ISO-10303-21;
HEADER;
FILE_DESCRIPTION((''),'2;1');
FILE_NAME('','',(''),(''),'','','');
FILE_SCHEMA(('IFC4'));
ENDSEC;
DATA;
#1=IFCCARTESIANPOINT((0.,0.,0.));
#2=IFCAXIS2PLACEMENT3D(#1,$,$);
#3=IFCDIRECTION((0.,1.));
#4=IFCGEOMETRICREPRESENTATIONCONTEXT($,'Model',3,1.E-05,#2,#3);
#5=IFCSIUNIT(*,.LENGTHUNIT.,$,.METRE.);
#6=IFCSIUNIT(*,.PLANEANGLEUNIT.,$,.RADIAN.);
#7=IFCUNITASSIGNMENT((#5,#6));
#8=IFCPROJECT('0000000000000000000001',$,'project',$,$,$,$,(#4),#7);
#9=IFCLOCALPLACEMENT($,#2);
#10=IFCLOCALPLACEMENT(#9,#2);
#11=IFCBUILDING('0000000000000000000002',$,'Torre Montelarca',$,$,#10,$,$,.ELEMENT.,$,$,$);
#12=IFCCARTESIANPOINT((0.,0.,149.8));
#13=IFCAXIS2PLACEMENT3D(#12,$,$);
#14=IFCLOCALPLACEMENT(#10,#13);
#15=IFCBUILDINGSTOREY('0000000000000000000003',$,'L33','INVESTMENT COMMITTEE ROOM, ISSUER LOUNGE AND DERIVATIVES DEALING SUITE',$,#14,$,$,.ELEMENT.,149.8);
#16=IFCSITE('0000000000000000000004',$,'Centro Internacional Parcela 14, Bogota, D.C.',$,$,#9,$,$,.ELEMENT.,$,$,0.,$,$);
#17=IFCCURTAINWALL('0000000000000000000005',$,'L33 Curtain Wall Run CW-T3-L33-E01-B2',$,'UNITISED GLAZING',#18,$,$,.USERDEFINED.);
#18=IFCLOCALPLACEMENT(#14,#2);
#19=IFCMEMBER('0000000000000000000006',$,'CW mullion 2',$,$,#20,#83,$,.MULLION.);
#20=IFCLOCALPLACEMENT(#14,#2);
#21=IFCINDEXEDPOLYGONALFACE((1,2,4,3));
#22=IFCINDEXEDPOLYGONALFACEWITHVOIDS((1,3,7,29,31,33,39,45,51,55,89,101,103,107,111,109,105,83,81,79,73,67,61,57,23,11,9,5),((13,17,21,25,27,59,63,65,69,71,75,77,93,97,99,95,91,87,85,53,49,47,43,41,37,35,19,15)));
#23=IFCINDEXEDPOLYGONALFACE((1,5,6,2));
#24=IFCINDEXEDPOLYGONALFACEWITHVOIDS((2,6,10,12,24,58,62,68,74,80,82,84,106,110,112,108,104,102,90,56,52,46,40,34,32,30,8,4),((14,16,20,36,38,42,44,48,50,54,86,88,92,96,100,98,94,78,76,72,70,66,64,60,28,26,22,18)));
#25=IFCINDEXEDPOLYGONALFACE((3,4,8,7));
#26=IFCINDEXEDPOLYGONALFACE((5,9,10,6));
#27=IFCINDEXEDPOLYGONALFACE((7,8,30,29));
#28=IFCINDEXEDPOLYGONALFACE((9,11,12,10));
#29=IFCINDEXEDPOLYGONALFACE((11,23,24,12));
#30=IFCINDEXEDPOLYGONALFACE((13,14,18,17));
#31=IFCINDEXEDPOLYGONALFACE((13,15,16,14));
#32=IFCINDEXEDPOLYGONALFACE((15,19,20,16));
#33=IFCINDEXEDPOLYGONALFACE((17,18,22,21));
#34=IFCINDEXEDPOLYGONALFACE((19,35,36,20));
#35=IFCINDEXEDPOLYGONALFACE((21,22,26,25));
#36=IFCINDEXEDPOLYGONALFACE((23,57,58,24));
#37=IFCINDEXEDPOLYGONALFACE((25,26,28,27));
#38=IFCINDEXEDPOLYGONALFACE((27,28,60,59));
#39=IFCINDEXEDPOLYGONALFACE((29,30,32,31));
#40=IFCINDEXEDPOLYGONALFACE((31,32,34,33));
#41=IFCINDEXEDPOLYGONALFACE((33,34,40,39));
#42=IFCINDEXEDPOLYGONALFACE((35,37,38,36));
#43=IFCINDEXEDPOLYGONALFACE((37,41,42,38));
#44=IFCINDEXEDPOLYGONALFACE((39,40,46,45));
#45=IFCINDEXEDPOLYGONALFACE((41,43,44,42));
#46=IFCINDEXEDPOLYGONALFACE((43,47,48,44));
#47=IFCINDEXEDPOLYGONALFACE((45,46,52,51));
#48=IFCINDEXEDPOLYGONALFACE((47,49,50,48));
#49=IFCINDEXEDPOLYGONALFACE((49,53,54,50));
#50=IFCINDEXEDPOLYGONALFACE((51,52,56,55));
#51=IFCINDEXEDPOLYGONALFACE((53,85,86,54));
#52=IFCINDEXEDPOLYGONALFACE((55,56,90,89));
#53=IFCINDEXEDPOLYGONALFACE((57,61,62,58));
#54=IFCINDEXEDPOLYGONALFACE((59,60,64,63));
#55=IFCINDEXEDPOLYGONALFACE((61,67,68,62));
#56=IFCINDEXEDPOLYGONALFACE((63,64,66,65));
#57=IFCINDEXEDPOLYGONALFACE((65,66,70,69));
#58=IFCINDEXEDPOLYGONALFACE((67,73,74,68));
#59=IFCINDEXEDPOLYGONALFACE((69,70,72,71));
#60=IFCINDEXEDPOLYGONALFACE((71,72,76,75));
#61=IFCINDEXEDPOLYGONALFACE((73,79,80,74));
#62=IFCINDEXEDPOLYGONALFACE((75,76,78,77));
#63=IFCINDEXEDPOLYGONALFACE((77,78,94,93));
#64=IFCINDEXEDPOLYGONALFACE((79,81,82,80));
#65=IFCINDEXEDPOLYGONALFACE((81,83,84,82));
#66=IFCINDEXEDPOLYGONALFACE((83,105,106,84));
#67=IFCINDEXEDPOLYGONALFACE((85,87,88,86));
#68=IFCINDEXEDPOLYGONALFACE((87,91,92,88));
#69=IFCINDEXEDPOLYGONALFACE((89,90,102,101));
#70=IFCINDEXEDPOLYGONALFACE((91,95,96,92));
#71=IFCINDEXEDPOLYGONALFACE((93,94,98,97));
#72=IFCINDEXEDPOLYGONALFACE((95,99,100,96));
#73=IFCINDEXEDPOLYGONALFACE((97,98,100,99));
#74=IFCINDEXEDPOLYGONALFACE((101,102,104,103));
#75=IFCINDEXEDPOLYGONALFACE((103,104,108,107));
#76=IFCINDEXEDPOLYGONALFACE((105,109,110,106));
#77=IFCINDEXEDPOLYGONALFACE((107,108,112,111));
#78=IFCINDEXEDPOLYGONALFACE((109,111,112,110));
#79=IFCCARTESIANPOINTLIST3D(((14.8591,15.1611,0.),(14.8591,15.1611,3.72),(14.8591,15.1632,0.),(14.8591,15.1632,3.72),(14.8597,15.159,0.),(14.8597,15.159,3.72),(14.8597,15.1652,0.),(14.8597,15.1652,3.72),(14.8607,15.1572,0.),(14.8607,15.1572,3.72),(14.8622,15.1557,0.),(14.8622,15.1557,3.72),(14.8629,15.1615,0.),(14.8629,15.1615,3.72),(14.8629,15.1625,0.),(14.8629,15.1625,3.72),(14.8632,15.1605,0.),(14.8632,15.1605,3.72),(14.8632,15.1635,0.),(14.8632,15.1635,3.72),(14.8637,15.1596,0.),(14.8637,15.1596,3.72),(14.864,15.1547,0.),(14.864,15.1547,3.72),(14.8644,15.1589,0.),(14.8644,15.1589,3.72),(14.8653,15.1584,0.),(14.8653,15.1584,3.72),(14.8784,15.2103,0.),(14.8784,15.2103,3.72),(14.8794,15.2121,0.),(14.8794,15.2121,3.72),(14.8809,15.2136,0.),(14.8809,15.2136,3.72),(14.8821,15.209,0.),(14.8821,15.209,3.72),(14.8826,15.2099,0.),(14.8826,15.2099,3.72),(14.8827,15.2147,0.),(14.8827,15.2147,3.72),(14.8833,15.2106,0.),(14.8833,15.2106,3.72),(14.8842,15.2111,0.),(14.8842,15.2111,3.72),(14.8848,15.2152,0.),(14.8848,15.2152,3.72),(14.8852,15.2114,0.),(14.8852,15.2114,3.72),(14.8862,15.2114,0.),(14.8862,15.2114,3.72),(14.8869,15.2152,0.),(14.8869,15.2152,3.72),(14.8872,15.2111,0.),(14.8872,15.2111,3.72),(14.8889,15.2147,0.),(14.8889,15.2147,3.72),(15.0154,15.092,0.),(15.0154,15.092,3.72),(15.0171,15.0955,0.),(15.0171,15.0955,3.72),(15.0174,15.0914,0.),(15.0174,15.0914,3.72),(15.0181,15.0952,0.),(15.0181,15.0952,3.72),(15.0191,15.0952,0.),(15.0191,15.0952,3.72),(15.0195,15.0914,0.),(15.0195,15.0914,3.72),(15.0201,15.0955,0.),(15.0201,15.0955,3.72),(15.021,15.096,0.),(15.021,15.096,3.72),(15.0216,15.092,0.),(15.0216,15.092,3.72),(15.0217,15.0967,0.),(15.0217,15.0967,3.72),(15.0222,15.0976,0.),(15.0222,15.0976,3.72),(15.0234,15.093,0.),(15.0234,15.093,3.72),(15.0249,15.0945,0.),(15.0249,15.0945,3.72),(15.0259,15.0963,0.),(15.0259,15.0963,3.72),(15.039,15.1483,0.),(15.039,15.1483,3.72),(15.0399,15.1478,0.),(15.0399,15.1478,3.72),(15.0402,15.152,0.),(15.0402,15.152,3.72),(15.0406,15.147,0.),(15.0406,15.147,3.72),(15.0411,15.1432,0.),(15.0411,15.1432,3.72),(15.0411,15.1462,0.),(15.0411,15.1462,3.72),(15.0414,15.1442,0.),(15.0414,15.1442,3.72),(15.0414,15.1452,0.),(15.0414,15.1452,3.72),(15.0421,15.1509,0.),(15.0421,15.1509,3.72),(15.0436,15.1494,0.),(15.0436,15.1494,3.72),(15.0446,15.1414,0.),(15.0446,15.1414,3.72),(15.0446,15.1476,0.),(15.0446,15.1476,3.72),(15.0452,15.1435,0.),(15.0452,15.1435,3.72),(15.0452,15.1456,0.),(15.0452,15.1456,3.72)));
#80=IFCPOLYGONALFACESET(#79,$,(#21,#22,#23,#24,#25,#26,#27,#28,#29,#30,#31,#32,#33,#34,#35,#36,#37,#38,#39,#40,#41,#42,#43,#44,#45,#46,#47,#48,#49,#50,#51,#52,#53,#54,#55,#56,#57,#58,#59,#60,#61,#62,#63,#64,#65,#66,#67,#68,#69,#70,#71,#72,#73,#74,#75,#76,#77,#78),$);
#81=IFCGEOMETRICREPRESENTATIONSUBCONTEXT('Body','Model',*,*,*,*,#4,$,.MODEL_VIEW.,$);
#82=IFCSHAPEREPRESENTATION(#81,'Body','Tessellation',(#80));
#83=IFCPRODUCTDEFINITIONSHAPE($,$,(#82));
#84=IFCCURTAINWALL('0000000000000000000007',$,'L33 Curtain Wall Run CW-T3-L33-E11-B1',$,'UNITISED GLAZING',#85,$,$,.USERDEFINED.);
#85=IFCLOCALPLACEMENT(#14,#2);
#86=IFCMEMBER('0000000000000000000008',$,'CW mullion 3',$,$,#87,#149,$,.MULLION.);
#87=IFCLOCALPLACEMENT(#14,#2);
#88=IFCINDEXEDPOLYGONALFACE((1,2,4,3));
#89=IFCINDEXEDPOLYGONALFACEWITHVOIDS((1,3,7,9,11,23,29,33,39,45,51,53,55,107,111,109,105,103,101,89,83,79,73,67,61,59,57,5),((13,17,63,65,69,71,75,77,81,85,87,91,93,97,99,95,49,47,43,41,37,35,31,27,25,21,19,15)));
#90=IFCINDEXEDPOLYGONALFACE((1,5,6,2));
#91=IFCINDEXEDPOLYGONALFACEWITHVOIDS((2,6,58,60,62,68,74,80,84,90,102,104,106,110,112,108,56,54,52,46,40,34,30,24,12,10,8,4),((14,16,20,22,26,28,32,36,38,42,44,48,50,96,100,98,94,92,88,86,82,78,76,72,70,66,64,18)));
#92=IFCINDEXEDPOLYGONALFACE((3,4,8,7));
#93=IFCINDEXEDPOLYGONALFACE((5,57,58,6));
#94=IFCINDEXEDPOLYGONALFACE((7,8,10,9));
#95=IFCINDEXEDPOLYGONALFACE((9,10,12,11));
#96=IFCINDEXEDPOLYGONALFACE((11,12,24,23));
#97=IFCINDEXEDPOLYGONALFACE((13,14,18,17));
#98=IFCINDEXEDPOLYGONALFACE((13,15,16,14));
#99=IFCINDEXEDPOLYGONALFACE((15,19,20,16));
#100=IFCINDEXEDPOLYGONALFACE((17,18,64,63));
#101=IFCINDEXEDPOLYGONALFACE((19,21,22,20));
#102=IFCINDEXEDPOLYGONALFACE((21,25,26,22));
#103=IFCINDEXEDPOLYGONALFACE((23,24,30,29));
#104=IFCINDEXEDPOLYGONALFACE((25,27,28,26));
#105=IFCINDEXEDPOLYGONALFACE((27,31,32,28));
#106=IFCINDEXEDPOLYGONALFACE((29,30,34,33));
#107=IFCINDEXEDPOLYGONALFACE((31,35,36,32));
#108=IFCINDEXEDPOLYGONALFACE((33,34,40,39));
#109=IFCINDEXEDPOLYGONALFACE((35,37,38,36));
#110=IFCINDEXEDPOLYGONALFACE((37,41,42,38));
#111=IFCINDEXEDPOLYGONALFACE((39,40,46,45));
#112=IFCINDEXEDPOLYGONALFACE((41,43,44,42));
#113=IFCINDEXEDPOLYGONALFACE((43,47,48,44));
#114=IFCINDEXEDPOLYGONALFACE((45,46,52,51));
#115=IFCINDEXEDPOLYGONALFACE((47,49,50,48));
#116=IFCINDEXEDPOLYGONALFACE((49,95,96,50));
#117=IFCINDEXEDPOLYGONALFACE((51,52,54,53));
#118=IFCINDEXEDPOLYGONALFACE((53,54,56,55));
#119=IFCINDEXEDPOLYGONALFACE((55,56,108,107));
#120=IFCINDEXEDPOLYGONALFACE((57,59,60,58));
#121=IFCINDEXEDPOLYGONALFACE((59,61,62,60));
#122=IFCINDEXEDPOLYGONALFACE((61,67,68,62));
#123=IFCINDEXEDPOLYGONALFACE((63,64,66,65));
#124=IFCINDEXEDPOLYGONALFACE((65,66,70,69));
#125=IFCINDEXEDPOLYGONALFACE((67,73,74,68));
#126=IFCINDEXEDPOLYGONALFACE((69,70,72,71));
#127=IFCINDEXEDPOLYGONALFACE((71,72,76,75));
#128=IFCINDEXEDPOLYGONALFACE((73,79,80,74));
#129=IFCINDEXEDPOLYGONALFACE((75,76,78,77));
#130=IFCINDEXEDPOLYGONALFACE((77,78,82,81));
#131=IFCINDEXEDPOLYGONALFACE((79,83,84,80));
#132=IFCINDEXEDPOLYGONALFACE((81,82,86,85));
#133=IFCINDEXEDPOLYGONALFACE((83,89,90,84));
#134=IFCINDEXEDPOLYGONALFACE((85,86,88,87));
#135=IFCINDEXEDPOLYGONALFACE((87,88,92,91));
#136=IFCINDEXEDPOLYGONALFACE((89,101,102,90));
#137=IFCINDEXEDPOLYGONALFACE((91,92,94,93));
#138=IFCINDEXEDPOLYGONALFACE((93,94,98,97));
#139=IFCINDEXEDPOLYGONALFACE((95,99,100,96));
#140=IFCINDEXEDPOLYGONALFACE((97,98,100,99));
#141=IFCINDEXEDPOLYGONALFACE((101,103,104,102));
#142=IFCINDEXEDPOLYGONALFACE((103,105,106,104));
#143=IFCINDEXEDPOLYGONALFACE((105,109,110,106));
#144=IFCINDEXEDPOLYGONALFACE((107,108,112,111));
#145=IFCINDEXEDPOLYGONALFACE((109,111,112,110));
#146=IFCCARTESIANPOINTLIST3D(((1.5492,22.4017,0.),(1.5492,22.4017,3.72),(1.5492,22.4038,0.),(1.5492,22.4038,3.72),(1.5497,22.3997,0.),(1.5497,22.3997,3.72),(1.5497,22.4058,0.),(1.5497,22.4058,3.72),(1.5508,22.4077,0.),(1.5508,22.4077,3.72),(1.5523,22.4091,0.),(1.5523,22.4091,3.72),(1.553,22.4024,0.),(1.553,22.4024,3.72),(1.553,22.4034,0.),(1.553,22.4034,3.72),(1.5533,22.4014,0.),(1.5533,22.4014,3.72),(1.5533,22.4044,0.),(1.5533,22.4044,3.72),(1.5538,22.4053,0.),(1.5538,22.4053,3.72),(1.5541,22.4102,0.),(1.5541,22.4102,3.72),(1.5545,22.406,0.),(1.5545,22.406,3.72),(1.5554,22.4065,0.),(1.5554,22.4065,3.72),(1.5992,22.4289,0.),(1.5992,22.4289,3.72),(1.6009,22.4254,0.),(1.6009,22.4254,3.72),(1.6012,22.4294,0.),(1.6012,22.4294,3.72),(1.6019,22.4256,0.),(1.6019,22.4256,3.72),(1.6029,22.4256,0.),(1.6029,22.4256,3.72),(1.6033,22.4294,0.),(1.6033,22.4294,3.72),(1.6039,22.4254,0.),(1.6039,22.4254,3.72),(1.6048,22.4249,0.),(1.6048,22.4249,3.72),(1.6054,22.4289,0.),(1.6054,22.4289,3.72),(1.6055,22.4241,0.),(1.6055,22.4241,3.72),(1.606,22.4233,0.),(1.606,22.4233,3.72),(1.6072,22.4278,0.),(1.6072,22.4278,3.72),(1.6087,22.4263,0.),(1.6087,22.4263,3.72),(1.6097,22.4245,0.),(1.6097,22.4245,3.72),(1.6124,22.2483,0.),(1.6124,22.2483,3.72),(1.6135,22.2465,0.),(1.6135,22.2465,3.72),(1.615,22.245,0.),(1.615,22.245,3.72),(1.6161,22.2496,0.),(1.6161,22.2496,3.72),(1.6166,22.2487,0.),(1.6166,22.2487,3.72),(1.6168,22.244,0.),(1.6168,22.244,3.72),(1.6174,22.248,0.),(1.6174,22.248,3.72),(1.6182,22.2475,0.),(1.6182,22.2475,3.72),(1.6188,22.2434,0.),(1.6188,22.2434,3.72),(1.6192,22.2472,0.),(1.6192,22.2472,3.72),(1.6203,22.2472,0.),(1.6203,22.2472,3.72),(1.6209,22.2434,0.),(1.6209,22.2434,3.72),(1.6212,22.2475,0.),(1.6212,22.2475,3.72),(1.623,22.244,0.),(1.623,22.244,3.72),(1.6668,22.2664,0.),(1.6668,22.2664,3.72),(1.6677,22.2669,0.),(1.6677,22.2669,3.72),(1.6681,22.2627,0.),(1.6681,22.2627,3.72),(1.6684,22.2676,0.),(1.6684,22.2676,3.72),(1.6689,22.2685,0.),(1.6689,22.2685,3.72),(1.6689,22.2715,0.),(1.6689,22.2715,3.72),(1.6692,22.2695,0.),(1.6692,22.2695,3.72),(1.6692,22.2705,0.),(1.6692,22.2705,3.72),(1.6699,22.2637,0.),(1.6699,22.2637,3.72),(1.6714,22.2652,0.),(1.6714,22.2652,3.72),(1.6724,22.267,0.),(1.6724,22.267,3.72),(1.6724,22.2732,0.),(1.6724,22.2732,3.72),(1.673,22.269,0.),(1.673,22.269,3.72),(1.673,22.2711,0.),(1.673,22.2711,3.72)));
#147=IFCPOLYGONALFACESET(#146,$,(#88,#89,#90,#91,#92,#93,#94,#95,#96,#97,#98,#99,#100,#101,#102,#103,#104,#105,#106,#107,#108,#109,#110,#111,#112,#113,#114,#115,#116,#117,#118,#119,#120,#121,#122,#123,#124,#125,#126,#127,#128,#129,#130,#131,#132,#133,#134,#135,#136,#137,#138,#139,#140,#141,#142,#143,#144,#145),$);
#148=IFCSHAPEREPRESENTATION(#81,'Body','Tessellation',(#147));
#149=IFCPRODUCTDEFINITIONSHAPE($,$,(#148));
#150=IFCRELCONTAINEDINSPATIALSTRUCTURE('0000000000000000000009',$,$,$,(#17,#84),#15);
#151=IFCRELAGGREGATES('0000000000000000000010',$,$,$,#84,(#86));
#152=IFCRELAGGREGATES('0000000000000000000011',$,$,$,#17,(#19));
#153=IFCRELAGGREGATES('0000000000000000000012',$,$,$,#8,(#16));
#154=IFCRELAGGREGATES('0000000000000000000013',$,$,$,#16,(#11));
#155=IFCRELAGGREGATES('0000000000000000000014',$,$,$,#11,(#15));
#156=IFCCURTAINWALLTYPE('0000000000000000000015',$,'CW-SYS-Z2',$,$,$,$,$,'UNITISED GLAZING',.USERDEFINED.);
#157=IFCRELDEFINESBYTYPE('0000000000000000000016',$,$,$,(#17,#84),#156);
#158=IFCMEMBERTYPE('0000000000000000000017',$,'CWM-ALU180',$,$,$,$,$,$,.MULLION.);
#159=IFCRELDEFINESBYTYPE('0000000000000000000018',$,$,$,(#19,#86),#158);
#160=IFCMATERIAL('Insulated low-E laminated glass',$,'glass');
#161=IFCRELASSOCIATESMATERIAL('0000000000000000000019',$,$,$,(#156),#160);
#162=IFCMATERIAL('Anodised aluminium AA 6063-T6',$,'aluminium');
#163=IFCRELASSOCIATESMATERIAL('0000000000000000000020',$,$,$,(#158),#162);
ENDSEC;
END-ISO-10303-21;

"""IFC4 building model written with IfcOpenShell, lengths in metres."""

from ifc_helpers import new_model, si_unit, direction, frame, origin, origin_2d, place, context, subcontext, project, spatial, hollow_rectangle, extrude, source, transform, mapped, material, material_profile, profile_set, type_object, element, aggregate, save


model = new_model("IFC4")

# Units and contexts
model_context = context("Model", 3, precision=1e-05, world=origin(), true_north=direction((0.0, 1.0)))
body_context = subcontext(model_context, "Body", "Model", "MODEL_VIEW")
ifc_project = project(units=[si_unit("LENGTHUNIT", "METRE"), si_unit("PLANEANGLEUNIT", "RADIAN")], contexts=[model_context])

# Site, building, storey
site_placement = place(None, origin())
site = spatial("IfcSite", under=ifc_project, at=site_placement, Name="Centro Internacional Parcela 14, Bogota, D.C.", CompositionType="ELEMENT", RefElevation=0.0)
building_placement = place(site_placement, origin())
building = spatial("IfcBuilding", under=site, at=building_placement, Name="Torre Montelarca", CompositionType="ELEMENT")
storey_placement = place(building_placement, frame((0.0, 0.0, 149.8)))
storey = spatial("IfcBuildingStorey", under=building, at=storey_placement, Name="L33", Description="INVESTMENT COMMITTEE ROOM, ISSUER LOUNGE AND DERIVATIVES DEALING SUITE", CompositionType="ELEMENT", Elevation=149.8)

# Curtain wall, member
ifc_material_1 = material(Name="Insulated low-E laminated glass", Category="glass")
curtain_wall_type = type_object("IfcCurtainWallType", Name="CW-SYS-Z2", ElementType="UNITISED GLAZING", PredefinedType="USERDEFINED", material=ifc_material_1)
ifc_material_2 = material(Name="Anodised aluminium AA 6063-T6", Category="aluminium")
ifc_material_profile_1 = material_profile(ifc_material_2, hollow_rectangle(XDim=0.0649, YDim=0.1799, WallThickness=0.0039, InnerFilletRadius=0.0039, OuterFilletRadius=0.0081, at=origin_2d()), Name="ALU65X180X4", Category="aluminium")
ifc_profile_set_1 = profile_set([ifc_material_profile_1], Name="Anodised aluminium AA 6063-T6")
member_type_1 = type_object("IfcMemberType", Name="CWM-ALU180", PredefinedType="MULLION", material=ifc_profile_set_1)
shared_shape_1 = source(origin(), body_context, "Body", "SweptSolid", [
    extrude(hollow_rectangle(XDim=0.0649, YDim=0.1799, WallThickness=0.0039, InnerFilletRadius=0.0039, OuterFilletRadius=0.0081, at=origin_2d()), origin(), (0.0, 0.0, 1.0), 3.72),
])
curtain_wall_1_placement = place(storey_placement, origin())
curtain_wall_1 = element("IfcCurtainWall", 1, at=curtain_wall_1_placement, inside=storey, type_object=curtain_wall_type, Name="L33 Curtain Wall Run CW-T3-L33-E01-B2", ObjectType="UNITISED GLAZING", PredefinedType="USERDEFINED")
member_1_placement = place(storey_placement, frame((14.9521, 15.1533, 0.0), z_axis=(0.0, 0.0, 1.0), x_axis=(0.382688, 0.923878, 0.0)))
member_1 = element("IfcMember", 2, at=member_1_placement, type_object=member_type_1, Name="CW mullion 2", PredefinedType="MULLION", context=body_context, shape_type="MappedRepresentation", body=[
    mapped(shared_shape_1, transform((0.0, 0.0, 0.0), scale=1.0)),
])

# Curtain wall, member
curtain_wall_2_placement = place(storey_placement, origin())
curtain_wall_2 = element("IfcCurtainWall", 3, at=curtain_wall_2_placement, inside=storey, type_object=curtain_wall_type, Name="L33 Curtain Wall Run CW-T3-L33-E11-B1", ObjectType="UNITISED GLAZING", PredefinedType="USERDEFINED")
member_2_placement = place(storey_placement, frame((1.6111, 22.3364, 0.0), z_axis=(0.0, 0.0, 1.0), x_axis=(0.92388, 0.382683, 0.0)))
member_2 = element("IfcMember", 4, at=member_2_placement, type_object=member_type_1, Name="CW mullion 3", PredefinedType="MULLION", context=body_context, shape_type="MappedRepresentation", body=[
    mapped(shared_shape_1, transform((0.0, 0.0, 0.0), scale=1.0)),
])
aggregate(curtain_wall_2, [member_2])

aggregate(curtain_wall_1, [member_1])

save(model, "model.ifc")
